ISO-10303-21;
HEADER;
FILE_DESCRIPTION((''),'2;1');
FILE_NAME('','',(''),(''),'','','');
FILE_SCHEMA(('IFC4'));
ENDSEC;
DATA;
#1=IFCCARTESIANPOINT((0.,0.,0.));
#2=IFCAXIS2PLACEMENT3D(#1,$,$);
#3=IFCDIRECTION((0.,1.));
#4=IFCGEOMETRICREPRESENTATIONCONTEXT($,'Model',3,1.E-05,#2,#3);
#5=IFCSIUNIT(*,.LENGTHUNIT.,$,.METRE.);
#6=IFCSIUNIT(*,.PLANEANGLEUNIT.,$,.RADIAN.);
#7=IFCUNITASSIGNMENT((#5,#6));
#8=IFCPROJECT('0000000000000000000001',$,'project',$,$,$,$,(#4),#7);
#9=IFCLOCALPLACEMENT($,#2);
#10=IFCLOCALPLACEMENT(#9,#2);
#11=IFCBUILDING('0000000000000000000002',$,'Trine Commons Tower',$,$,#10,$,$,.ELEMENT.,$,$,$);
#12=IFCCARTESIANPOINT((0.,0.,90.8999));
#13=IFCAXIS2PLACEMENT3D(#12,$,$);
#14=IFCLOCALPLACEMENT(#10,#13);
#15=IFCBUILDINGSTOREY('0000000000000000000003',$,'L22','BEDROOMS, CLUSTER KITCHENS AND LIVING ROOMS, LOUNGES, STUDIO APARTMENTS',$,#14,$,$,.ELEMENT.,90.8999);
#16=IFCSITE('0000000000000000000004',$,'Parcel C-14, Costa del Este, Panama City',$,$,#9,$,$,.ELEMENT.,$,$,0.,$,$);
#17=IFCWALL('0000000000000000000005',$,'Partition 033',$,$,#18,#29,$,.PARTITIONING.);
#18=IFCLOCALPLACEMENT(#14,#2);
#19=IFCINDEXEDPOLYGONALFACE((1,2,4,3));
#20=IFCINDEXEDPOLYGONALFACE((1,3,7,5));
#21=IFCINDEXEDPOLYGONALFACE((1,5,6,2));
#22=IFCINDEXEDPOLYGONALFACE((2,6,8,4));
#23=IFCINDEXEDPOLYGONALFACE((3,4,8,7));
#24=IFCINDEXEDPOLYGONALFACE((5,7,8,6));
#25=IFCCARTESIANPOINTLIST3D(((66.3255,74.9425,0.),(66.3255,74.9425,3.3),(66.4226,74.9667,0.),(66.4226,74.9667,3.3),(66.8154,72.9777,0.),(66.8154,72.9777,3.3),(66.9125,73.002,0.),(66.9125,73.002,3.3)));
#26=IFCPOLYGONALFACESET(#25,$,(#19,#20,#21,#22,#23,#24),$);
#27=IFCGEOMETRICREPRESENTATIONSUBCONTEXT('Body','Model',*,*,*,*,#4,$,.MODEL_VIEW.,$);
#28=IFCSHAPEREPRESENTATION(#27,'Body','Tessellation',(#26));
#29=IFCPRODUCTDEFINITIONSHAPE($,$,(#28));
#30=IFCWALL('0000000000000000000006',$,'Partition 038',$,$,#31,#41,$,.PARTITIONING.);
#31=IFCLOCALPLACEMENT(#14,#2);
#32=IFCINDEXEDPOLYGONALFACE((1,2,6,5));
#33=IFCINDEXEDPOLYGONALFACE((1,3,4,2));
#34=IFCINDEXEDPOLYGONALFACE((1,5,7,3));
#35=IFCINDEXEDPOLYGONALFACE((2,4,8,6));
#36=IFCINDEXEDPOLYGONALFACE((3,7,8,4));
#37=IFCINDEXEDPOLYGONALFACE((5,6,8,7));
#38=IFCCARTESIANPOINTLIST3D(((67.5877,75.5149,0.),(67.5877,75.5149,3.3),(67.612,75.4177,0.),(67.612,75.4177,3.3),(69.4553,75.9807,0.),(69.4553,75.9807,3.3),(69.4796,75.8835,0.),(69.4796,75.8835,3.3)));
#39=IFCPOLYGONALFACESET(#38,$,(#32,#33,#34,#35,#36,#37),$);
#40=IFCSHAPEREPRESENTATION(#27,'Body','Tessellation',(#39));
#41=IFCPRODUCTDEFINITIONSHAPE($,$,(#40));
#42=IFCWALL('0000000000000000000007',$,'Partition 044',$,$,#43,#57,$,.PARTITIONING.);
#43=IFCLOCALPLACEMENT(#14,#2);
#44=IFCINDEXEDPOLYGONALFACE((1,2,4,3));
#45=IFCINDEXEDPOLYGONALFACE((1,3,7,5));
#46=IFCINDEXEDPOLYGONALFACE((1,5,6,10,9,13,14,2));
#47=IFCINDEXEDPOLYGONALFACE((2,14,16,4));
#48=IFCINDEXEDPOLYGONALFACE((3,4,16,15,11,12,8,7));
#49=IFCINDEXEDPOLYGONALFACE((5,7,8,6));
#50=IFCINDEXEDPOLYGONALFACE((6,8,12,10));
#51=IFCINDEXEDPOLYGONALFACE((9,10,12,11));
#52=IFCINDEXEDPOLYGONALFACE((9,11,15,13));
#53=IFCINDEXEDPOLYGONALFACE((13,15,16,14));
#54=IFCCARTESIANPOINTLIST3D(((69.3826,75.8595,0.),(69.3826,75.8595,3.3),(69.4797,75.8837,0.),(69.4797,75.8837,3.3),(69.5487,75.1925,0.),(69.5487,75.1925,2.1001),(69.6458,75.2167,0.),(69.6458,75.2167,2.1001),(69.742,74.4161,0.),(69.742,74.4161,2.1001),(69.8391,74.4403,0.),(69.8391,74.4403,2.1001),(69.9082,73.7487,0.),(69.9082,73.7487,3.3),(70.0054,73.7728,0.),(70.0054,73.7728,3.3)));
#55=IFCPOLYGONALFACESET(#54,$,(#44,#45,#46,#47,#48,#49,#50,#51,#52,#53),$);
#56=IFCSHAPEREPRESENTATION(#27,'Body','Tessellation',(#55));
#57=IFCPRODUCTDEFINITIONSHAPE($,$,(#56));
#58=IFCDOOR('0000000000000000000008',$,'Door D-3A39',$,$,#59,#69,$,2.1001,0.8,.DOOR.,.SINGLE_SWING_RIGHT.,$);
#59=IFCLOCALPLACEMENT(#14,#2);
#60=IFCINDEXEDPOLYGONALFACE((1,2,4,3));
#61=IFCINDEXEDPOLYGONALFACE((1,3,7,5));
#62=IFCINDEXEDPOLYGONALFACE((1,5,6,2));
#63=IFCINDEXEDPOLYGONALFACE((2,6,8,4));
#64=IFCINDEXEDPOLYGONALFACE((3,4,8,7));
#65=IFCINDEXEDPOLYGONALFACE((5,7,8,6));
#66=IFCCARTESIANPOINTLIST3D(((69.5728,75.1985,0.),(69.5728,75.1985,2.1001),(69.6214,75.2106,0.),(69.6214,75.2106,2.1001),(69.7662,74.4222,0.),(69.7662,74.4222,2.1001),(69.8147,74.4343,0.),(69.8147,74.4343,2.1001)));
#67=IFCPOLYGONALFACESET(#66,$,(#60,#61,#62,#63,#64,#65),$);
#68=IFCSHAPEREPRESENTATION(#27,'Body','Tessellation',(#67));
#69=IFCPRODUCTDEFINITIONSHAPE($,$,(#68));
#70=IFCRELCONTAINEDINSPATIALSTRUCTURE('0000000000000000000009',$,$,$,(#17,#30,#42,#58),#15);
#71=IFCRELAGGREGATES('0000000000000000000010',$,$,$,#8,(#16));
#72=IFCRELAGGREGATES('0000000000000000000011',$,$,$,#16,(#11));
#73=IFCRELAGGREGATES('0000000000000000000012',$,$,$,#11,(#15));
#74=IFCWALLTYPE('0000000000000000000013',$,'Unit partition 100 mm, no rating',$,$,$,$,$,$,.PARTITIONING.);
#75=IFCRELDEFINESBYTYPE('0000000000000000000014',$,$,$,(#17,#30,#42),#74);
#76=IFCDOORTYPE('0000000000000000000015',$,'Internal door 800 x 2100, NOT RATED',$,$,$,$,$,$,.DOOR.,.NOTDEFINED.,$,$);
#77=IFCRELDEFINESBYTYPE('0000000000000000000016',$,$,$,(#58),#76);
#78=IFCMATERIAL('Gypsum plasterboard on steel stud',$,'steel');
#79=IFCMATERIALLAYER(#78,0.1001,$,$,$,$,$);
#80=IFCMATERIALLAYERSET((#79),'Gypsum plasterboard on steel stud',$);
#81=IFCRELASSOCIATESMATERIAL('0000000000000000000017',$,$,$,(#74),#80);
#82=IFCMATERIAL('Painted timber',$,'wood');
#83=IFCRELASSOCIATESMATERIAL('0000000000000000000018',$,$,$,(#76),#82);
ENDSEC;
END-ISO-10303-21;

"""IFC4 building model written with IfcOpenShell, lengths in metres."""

from ifc_helpers import new_model, si_unit, direction, frame, frame_2d, origin, place, context, subcontext, project, spatial, rectangle, extrude, material, layer, layer_set, type_object, element, fill, save


model = new_model("IFC4")

# Units and contexts
model_context = context("Model", 3, precision=1e-05, world=origin(), true_north=direction((0.0, 1.0)))
body_context = subcontext(model_context, "Body", "Model", "MODEL_VIEW")
ifc_project = project(units=[si_unit("LENGTHUNIT", "METRE"), si_unit("PLANEANGLEUNIT", "RADIAN")], contexts=[model_context])

# Site, building, storey
site_placement = place(None, origin())
site = spatial("IfcSite", under=ifc_project, at=site_placement, Name="Parcel C-14, Costa del Este, Panama City", CompositionType="ELEMENT", RefElevation=0.0)
building_placement = place(site_placement, origin())
building = spatial("IfcBuilding", under=site, at=building_placement, Name="Trine Commons Tower", CompositionType="ELEMENT")
storey_placement = place(building_placement, frame((0.0, 0.0, 90.8999)))
storey = spatial("IfcBuildingStorey", under=building, at=storey_placement, Name="L22", Description="BEDROOMS, CLUSTER KITCHENS AND LIVING ROOMS, LOUNGES, STUDIO APARTMENTS", CompositionType="ELEMENT", Elevation=90.8999)

# Shared definitions
ifc_material_1 = material(Name="Gypsum plasterboard on steel stud", Category="steel")

# Shared definitions
ifc_layer_1 = layer(ifc_material_1, 0.1001)
ifc_layer_set_1 = layer_set([ifc_layer_1], Name="Gypsum plasterboard on steel stud")
wall_type_1 = type_object("IfcWallType", Name="Unit partition 100 mm, no rating", PredefinedType="PARTITIONING", material=ifc_layer_set_1)
ifc_material_2 = material(Name="Painted timber", Category="wood")

# Walls
wall_1_placement = place(storey_placement, frame((66.374, 74.9546, 0.0), z_axis=(0.0, 0.0, 1.0), x_axis=(0.241968, -0.970284, 0.0)))
element("IfcWall", 1, at=wall_1_placement, inside=storey, type_object=wall_type_1, Name="Partition 033", PredefinedType="PARTITIONING", context=body_context, shape_type="SweptSolid", body=[
    extrude(rectangle(XDim=2.0249, YDim=0.1001, at=frame_2d((1.0125, 0.0))), origin(), (0.0, 0.0, 1.0), 3.3),
])
wall_2_placement = place(storey_placement, frame((67.5999, 75.4663, 0.0), z_axis=(0.0, 0.0, 1.0), x_axis=(0.970277, 0.241998, 0.0)))
element("IfcWall", 2, at=wall_2_placement, inside=storey, type_object=wall_type_1, Name="Partition 038", PredefinedType="PARTITIONING", context=body_context, shape_type="SweptSolid", body=[
    extrude(rectangle(XDim=1.9248, YDim=0.1001, at=frame_2d((0.9624, 0.0))), origin(), (0.0, 0.0, 1.0), 3.3),
])

# Wall, opening, door
wall_3_placement = place(storey_placement, frame((69.4312, 75.8716, 0.0), z_axis=(0.0, 0.0, 1.0), x_axis=(0.241638, -0.970367, 0.0)))
wall_3 = element("IfcWall", 3, at=wall_3_placement, inside=storey, type_object=wall_type_1, Name="Partition 044", PredefinedType="PARTITIONING", context=body_context, shape_type="SweptSolid", body=[
    extrude(rectangle(XDim=2.1753, YDim=0.1001, at=frame_2d((1.0876, 0.0))), origin(), (0.0, 0.0, 1.0), 3.3),
])
opening_1_placement = place(wall_3_placement, frame((0.6875, 0.0, 0.0)))
opening_1 = element("IfcOpeningElement", 4, at=opening_1_placement, cuts=wall_3, PredefinedType="OPENING", context=body_context, shape_type="SweptSolid", body=[
    extrude(rectangle(XDim=0.8, YDim=2.1001, at=frame_2d((0.3999, 1.05))), frame((0.0, 0.0601, 0.0), z_axis=(0.0, -1.0, 0.0), x_axis=(1.0, 0.0, 0.0)), (0.0, 0.0, 1.0), 0.1201),
])
door_type_1 = type_object("IfcDoorType", Name="Internal door 800 x 2100, NOT RATED", OperationType="NOTDEFINED", PredefinedType="DOOR", material=ifc_material_2)
door_1_placement = place(opening_1_placement, origin())
door_1 = element("IfcDoor", 5, at=door_1_placement, inside=storey, type_object=door_type_1, Name="Door D-3A39", OperationType="SINGLE_SWING_RIGHT", OverallHeight=2.1001, OverallWidth=0.8, PredefinedType="DOOR", context=body_context, shape_type="SweptSolid", body=[
    extrude(rectangle(XDim=0.8, YDim=2.1001, at=frame_2d((0.3999, 1.05))), frame((0.0, 0.0249, 0.0), z_axis=(0.0, -1.0, 0.0), x_axis=(1.0, 0.0, 0.0)), (0.0, 0.0, 1.0), 0.05),
])
fill(opening_1, door_1)

save(model, "model.ifc")
